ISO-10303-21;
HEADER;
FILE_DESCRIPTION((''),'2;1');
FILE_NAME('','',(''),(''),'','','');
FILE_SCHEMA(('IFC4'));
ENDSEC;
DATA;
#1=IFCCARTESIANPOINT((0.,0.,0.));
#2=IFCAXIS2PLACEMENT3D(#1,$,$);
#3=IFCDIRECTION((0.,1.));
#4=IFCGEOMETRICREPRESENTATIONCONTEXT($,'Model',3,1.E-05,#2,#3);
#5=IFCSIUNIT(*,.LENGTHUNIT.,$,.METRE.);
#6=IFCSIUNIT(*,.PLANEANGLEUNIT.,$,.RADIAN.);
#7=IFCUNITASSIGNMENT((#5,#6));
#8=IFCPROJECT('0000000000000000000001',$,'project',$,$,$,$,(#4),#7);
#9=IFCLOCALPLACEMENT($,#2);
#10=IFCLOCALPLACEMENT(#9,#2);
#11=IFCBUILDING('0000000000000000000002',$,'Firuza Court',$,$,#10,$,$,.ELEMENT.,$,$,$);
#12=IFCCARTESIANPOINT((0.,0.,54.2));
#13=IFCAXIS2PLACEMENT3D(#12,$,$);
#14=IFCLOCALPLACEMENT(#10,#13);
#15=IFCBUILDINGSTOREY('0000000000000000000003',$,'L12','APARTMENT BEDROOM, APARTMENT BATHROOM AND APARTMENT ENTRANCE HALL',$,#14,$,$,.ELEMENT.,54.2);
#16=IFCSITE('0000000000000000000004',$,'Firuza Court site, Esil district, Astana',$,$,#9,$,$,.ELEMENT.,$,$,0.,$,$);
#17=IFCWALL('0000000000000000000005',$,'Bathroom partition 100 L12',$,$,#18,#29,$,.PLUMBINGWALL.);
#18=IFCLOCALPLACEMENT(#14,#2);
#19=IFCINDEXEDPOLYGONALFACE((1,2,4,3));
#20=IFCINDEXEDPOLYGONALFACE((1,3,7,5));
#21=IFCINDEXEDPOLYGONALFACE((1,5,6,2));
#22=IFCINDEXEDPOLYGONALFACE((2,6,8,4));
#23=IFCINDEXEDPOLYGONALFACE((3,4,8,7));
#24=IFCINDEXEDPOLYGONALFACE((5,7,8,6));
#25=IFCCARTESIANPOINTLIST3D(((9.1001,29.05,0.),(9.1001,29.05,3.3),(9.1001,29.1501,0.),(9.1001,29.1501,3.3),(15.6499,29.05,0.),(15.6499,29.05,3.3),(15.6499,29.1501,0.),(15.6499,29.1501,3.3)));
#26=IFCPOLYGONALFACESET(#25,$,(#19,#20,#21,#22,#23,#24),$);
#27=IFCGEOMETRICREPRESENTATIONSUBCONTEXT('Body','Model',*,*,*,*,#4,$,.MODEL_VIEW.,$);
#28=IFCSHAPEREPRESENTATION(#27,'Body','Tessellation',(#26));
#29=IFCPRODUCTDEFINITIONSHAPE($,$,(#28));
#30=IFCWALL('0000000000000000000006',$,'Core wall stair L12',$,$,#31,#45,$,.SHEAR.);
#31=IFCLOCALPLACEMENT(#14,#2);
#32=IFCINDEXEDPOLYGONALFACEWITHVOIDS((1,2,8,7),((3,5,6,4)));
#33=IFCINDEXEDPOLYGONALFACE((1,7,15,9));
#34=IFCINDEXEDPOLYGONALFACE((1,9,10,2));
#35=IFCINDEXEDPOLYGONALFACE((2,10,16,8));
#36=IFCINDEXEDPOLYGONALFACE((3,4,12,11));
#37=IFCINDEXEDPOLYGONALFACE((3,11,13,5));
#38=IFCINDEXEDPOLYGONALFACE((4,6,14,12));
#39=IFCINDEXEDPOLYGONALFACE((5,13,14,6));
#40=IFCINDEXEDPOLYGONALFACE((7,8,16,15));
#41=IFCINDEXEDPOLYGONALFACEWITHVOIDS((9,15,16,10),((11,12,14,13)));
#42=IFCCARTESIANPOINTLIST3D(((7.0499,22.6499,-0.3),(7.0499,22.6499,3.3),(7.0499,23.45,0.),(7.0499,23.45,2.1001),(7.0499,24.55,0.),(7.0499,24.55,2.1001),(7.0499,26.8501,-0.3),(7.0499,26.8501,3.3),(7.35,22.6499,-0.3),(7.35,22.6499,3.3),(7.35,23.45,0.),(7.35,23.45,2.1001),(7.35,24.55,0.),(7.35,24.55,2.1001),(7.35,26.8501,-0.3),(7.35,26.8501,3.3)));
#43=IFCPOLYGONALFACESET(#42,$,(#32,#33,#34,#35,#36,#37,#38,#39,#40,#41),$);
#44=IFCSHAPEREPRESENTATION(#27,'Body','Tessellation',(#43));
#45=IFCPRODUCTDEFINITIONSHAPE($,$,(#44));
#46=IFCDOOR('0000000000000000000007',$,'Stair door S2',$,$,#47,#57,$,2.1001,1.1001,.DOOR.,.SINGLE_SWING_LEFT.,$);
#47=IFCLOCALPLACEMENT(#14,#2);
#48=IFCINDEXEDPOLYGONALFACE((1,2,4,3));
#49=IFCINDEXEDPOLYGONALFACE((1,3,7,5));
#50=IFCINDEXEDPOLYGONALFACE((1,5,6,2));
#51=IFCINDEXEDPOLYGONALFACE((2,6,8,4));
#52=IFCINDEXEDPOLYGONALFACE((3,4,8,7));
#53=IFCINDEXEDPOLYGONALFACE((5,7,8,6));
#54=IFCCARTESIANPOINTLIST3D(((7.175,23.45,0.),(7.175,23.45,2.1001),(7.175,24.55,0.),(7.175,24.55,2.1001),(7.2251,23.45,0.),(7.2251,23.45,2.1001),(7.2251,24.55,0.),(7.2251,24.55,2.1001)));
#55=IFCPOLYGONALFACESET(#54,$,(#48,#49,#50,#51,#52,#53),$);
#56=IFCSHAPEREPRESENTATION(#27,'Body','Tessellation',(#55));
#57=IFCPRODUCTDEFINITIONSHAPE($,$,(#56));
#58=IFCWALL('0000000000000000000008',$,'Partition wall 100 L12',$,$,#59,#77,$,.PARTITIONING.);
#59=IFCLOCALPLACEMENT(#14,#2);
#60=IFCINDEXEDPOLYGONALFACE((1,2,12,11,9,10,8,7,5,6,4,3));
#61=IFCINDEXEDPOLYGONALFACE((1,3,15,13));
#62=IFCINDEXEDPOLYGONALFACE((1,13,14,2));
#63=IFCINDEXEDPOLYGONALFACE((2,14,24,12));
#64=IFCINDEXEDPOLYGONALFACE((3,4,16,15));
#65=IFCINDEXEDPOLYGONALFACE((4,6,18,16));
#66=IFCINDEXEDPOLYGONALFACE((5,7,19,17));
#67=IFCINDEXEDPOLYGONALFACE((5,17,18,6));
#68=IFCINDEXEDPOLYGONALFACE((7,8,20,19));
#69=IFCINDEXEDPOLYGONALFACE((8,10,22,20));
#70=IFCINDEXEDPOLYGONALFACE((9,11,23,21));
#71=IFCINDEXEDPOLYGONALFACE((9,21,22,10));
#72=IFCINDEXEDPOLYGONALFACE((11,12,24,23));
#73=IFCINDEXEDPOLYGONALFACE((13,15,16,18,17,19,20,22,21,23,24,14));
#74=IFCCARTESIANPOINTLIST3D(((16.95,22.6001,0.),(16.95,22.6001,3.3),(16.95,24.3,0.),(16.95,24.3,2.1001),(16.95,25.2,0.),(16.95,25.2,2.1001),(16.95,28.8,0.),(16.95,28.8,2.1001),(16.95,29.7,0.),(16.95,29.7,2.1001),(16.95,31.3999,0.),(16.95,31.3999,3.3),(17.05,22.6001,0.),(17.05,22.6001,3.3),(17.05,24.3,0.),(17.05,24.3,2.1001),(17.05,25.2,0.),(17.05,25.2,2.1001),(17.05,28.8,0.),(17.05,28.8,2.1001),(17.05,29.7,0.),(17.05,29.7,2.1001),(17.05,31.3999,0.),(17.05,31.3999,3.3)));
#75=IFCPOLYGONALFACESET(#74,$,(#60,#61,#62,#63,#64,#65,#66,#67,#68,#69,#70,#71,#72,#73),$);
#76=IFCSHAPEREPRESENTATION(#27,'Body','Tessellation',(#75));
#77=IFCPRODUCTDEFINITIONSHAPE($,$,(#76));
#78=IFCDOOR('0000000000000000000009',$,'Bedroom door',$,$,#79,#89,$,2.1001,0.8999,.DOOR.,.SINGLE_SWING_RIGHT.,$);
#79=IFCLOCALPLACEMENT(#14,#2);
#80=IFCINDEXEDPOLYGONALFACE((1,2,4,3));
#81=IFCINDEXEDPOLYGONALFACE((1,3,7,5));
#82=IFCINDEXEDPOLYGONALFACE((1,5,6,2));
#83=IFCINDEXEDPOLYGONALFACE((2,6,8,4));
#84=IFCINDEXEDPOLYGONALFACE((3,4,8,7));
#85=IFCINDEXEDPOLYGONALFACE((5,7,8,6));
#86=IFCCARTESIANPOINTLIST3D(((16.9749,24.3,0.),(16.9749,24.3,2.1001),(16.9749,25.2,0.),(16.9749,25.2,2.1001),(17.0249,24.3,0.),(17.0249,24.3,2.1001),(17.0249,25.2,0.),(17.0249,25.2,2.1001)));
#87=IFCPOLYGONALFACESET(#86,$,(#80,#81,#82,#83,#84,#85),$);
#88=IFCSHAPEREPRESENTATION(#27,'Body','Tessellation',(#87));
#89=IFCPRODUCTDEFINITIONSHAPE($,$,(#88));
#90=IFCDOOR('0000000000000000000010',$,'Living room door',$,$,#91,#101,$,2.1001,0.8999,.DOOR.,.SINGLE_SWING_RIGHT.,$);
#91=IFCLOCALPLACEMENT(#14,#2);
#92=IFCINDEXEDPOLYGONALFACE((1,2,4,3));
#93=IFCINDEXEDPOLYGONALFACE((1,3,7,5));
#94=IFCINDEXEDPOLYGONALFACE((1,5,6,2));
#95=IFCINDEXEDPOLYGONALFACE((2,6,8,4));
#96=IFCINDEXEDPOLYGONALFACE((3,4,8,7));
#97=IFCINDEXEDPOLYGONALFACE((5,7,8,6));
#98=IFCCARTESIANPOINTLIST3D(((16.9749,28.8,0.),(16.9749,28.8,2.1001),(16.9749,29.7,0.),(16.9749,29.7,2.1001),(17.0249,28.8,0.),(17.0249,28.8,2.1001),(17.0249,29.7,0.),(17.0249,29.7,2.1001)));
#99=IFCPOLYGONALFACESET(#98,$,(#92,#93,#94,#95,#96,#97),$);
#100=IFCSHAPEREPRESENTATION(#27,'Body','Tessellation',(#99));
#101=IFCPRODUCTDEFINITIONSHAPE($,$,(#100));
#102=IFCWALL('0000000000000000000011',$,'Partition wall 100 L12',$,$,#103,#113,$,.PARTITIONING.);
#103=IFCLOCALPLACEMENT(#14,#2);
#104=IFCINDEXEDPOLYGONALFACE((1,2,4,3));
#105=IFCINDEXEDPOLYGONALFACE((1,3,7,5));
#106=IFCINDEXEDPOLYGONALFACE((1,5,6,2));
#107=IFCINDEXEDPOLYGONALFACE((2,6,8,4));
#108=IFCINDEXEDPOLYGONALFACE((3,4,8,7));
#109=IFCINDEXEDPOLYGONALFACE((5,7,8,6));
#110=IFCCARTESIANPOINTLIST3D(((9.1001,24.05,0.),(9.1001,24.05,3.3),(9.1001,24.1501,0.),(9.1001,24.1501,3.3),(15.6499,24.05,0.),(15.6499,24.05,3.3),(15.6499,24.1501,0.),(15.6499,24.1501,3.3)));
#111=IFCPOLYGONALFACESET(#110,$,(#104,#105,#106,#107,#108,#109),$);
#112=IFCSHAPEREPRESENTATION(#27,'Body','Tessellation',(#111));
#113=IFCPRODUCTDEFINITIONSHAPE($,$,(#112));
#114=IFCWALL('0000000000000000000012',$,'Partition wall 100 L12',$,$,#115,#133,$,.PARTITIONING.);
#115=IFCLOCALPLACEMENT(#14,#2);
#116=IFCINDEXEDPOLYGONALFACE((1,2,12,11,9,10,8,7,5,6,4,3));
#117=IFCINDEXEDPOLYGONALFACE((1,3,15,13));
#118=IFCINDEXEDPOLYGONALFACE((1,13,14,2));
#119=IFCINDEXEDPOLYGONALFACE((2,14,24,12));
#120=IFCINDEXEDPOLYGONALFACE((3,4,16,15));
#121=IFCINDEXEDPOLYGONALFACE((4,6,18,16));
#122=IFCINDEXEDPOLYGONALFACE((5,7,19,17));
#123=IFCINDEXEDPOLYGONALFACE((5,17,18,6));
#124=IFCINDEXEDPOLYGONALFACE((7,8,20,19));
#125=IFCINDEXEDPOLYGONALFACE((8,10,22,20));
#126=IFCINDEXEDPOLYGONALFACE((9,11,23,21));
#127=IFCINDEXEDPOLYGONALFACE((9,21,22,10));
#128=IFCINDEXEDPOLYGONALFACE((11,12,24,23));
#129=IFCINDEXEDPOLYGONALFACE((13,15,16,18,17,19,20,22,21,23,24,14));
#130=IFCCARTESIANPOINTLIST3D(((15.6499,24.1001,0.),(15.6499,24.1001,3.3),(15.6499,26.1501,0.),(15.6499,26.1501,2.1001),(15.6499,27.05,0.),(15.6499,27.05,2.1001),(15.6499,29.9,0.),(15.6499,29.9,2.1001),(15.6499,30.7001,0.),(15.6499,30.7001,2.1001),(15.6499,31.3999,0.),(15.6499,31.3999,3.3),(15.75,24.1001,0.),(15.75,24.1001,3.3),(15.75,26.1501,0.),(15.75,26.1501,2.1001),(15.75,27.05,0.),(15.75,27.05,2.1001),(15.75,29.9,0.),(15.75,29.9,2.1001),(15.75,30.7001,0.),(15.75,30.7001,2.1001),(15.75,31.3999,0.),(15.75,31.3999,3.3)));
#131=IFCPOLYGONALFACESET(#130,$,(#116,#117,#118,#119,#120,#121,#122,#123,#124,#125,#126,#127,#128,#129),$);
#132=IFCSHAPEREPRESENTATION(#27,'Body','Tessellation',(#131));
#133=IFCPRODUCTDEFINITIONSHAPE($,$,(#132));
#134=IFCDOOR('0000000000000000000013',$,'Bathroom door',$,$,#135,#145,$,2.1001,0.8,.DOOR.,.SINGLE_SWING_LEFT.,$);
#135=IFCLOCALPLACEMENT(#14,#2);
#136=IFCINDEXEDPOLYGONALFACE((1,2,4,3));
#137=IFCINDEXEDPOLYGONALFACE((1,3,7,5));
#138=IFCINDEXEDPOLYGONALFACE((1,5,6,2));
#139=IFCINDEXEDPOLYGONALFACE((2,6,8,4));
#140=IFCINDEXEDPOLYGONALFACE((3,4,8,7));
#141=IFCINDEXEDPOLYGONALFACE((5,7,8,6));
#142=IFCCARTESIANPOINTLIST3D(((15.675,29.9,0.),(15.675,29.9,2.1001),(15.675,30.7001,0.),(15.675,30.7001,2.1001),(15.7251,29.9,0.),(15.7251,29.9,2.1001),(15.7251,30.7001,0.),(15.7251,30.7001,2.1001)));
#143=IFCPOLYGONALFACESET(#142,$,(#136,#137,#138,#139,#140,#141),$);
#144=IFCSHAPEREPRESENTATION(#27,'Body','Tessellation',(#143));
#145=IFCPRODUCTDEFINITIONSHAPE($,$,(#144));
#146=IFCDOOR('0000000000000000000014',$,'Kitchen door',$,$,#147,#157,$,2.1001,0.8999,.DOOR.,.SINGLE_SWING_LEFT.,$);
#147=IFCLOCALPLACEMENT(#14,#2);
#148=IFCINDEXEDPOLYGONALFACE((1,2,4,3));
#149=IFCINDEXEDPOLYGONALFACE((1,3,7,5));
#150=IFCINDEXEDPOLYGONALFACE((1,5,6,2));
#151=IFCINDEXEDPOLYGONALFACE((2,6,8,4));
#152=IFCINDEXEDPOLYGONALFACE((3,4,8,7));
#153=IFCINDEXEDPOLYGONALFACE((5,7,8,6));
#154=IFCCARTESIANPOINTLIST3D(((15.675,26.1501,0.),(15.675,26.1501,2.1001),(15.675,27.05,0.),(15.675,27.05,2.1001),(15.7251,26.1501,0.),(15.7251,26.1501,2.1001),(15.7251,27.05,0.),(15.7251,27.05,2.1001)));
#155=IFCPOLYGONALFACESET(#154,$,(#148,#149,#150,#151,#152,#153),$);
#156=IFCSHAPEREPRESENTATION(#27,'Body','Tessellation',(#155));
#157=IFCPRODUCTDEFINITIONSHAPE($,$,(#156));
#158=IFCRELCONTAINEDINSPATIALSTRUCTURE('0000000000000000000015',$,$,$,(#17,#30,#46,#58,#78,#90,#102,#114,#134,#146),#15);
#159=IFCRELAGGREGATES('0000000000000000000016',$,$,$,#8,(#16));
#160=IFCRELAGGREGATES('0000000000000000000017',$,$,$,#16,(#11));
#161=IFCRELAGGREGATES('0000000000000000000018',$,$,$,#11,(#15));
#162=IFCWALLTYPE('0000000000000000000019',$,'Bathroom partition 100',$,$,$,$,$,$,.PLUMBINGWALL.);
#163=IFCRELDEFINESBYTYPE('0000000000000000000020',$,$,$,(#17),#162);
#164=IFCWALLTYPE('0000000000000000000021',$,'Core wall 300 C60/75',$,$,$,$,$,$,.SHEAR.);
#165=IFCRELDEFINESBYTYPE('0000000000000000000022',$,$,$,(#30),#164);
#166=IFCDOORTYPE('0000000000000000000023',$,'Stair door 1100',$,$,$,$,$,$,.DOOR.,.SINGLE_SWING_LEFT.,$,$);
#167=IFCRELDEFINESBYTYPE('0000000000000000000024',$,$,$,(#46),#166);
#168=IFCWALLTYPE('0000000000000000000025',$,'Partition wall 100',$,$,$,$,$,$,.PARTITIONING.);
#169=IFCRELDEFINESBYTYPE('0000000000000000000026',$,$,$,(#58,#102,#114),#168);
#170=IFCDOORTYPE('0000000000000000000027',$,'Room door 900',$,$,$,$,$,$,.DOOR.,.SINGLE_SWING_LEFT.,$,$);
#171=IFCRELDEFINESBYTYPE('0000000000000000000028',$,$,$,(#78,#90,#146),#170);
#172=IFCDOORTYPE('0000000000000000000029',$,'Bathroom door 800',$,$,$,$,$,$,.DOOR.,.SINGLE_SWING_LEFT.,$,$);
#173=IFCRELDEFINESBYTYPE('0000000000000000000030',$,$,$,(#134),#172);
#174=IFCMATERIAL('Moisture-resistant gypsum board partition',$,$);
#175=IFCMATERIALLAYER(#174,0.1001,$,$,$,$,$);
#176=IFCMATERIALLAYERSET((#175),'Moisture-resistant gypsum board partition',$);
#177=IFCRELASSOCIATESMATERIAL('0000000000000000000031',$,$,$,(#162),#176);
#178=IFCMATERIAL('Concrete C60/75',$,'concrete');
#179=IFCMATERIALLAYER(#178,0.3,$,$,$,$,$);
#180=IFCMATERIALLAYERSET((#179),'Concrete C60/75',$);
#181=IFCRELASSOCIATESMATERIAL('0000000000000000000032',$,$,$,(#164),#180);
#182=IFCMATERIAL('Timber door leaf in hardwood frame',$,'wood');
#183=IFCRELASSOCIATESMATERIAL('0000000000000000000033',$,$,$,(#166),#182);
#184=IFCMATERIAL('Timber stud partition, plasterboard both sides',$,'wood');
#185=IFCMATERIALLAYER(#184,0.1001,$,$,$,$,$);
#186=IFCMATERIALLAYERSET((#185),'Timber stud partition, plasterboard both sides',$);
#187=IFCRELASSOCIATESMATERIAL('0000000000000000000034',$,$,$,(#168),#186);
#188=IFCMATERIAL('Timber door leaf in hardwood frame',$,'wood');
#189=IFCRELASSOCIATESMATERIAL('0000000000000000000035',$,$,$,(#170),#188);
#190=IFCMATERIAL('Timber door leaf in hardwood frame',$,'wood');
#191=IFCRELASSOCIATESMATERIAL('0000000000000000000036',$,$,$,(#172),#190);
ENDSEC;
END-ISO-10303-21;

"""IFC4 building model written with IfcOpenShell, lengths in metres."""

from ifc_helpers import new_model, si_unit, direction, frame, frame_2d, origin, place, context, subcontext, project, spatial, rectangle, extrude, material, layer, layer_set, type_object, element, fill, save


model = new_model("IFC4")

# Units and contexts
model_context = context("Model", 3, precision=1e-05, world=origin(), true_north=direction((0.0, 1.0)))
body_context = subcontext(model_context, "Body", "Model", "MODEL_VIEW")
ifc_project = project(units=[si_unit("LENGTHUNIT", "METRE"), si_unit("PLANEANGLEUNIT", "RADIAN")], contexts=[model_context])

# Site, building, storey
site_placement = place(None, origin())
site = spatial("IfcSite", under=ifc_project, at=site_placement, Name="Firuza Court site, Esil district, Astana", CompositionType="ELEMENT", RefElevation=0.0)
building_placement = place(site_placement, origin())
building = spatial("IfcBuilding", under=site, at=building_placement, Name="Firuza Court", CompositionType="ELEMENT")
storey_placement = place(building_placement, frame((0.0, 0.0, 54.2)))
storey = spatial("IfcBuildingStorey", under=building, at=storey_placement, Name="L12", Description="APARTMENT BEDROOM, APARTMENT BATHROOM AND APARTMENT ENTRANCE HALL", CompositionType="ELEMENT", Elevation=54.2)

# Wall
ifc_material_1 = material(Name="Moisture-resistant gypsum board partition")
ifc_layer_1 = layer(ifc_material_1, 0.1001)
ifc_layer_set_1 = layer_set([ifc_layer_1], Name="Moisture-resistant gypsum board partition")
wall_type_1 = type_object("IfcWallType", Name="Bathroom partition 100", PredefinedType="PLUMBINGWALL", material=ifc_layer_set_1)
wall_1_placement = place(storey_placement, frame((9.1001, 29.1001, 0.0), z_axis=(0.0, 0.0, 1.0), x_axis=(1.0, 0.0, 0.0)))
element("IfcWall", 1, at=wall_1_placement, inside=storey, type_object=wall_type_1, Name="Bathroom partition 100 L12", PredefinedType="PLUMBINGWALL", context=body_context, shape_type="SweptSolid", body=[
    extrude(rectangle(XDim=6.5498, YDim=0.1001, at=frame_2d((3.2749, 0.0))), origin(), (0.0, 0.0, 1.0), 3.3),
])

# Wall, opening, door
ifc_material_2 = material(Name="Concrete C60/75", Category="concrete")
ifc_layer_2 = layer(ifc_material_2, 0.3)
ifc_layer_set_2 = layer_set([ifc_layer_2], Name="Concrete C60/75")
wall_type_2 = type_object("IfcWallType", Name="Core wall 300 C60/75", PredefinedType="SHEAR", material=ifc_layer_set_2)
wall_2_placement = place(storey_placement, frame((7.2, 22.6499, -0.3), z_axis=(0.0, 0.0, 1.0), x_axis=(0.0, 1.0, 0.0)))
wall_2 = element("IfcWall", 2, at=wall_2_placement, inside=storey, type_object=wall_type_2, Name="Core wall stair L12", PredefinedType="SHEAR", context=body_context, shape_type="SweptSolid", body=[
    extrude(rectangle(XDim=4.2002, YDim=0.3, at=frame_2d((2.1001, 0.0))), origin(), (0.0, 0.0, 1.0), 3.6001),
])
opening_1_placement = place(wall_2_placement, frame((0.8, 0.0, 0.3)))
opening_1 = element("IfcOpeningElement", 3, at=opening_1_placement, cuts=wall_2, PredefinedType="OPENING", context=body_context, shape_type="SweptSolid", body=[
    extrude(rectangle(XDim=1.1001, YDim=2.1001, at=frame_2d((0.55, 1.05))), frame((0.0, 0.1621, 0.0), z_axis=(0.0, -1.0, 0.0), x_axis=(1.0, 0.0, 0.0)), (0.0, 0.0, 1.0), 0.324),
])
ifc_material_3 = material(Name="Timber door leaf in hardwood frame", Category="wood")
door_type_1 = type_object("IfcDoorType", Name="Stair door 1100", OperationType="SINGLE_SWING_LEFT", PredefinedType="DOOR", material=ifc_material_3)
door_1_placement = place(opening_1_placement, origin())
door_1 = element("IfcDoor", 4, at=door_1_placement, inside=storey, type_object=door_type_1, Name="Stair door S2", OperationType="SINGLE_SWING_LEFT", OverallHeight=2.1001, OverallWidth=1.1001, PredefinedType="DOOR", context=body_context, shape_type="SweptSolid", body=[
    extrude(rectangle(XDim=1.1001, YDim=2.1001, at=frame_2d((0.55, 1.05))), frame((0.0, 0.0249, 0.0), z_axis=(0.0, -1.0, 0.0), x_axis=(1.0, 0.0, 0.0)), (0.0, 0.0, 1.0), 0.05),
])
fill(opening_1, door_1)

# Wall, openings, doors
ifc_material_4 = material(Name="Timber stud partition, plasterboard both sides", Category="wood")
ifc_layer_3 = layer(ifc_material_4, 0.1001)
ifc_layer_set_3 = layer_set([ifc_layer_3], Name="Timber stud partition, plasterboard both sides")
wall_type_3 = type_object("IfcWallType", Name="Partition wall 100", PredefinedType="PARTITIONING", material=ifc_layer_set_3)
wall_3_placement = place(storey_placement, frame((17.0, 22.6001, 0.0), z_axis=(0.0, 0.0, 1.0), x_axis=(0.0, 1.0, 0.0)))
wall_3 = element("IfcWall", 5, at=wall_3_placement, inside=storey, type_object=wall_type_3, Name="Partition wall 100 L12", PredefinedType="PARTITIONING", context=body_context, shape_type="SweptSolid", body=[
    extrude(rectangle(XDim=8.7998, YDim=0.1001, at=frame_2d((4.3999, 0.0))), origin(), (0.0, 0.0, 1.0), 3.3),
])
opening_2_placement = place(wall_3_placement, frame((1.7, 0.0, 0.0)))
opening_2 = element("IfcOpeningElement", 6, at=opening_2_placement, cuts=wall_3, PredefinedType="OPENING", context=body_context, shape_type="SweptSolid", body=[
    extrude(rectangle(XDim=0.8999, YDim=2.1001, at=frame_2d((0.45, 1.05))), frame((0.0, 0.062, 0.0), z_axis=(0.0, -1.0, 0.0), x_axis=(1.0, 0.0, 0.0)), (0.0, 0.0, 1.0), 0.124),
])
opening_3_placement = place(wall_3_placement, frame((6.2, 0.0, 0.0)))
opening_3 = element("IfcOpeningElement", 7, at=opening_3_placement, cuts=wall_3, PredefinedType="OPENING", context=body_context, shape_type="SweptSolid", body=[
    extrude(rectangle(XDim=0.8999, YDim=2.1001, at=frame_2d((0.45, 1.05))), frame((0.0, 0.062, 0.0), z_axis=(0.0, -1.0, 0.0), x_axis=(1.0, 0.0, 0.0)), (0.0, 0.0, 1.0), 0.124),
])
ifc_material_5 = material(Name="Timber door leaf in hardwood frame", Category="wood")
door_type_2 = type_object("IfcDoorType", Name="Room door 900", OperationType="SINGLE_SWING_LEFT", PredefinedType="DOOR", material=ifc_material_5)
door_2_placement = place(opening_2_placement, frame((0.8999, 0.0, 0.0), z_axis=(0.0, 0.0, 1.0), x_axis=(-1.0, 0.0, 0.0)))
door_2 = element("IfcDoor", 8, at=door_2_placement, inside=storey, type_object=door_type_2, Name="Bedroom door", OperationType="SINGLE_SWING_RIGHT", OverallHeight=2.1001, OverallWidth=0.8999, PredefinedType="DOOR", context=body_context, shape_type="SweptSolid", body=[
    extrude(rectangle(XDim=0.8999, YDim=2.1001, at=frame_2d((0.45, 1.05))), frame((0.0, 0.0249, 0.0), z_axis=(0.0, -1.0, 0.0), x_axis=(1.0, 0.0, 0.0)), (0.0, 0.0, 1.0), 0.05),
])
fill(opening_2, door_2)
door_3_placement = place(opening_3_placement, frame((0.8999, 0.0, 0.0), z_axis=(0.0, 0.0, 1.0), x_axis=(-1.0, 0.0, 0.0)))
door_3 = element("IfcDoor", 9, at=door_3_placement, inside=storey, type_object=door_type_2, Name="Living room door", OperationType="SINGLE_SWING_RIGHT", OverallHeight=2.1001, OverallWidth=0.8999, PredefinedType="DOOR", context=body_context, shape_type="SweptSolid", body=[
    extrude(rectangle(XDim=0.8999, YDim=2.1001, at=frame_2d((0.45, 1.05))), frame((0.0, 0.0249, 0.0), z_axis=(0.0, -1.0, 0.0), x_axis=(1.0, 0.0, 0.0)), (0.0, 0.0, 1.0), 0.05),
])
fill(opening_3, door_3)

# Wall
wall_4_placement = place(storey_placement, frame((9.1001, 24.1001, 0.0), z_axis=(0.0, 0.0, 1.0), x_axis=(1.0, 0.0, 0.0)))
element("IfcWall", 10, at=wall_4_placement, inside=storey, type_object=wall_type_3, Name="Partition wall 100 L12", PredefinedType="PARTITIONING", context=body_context, shape_type="SweptSolid", body=[
    extrude(rectangle(XDim=6.5498, YDim=0.1001, at=frame_2d((3.2749, 0.0))), origin(), (0.0, 0.0, 1.0), 3.3),
])

# Wall, openings, doors
wall_5_placement = place(storey_placement, frame((15.7, 24.1001, 0.0), z_axis=(0.0, 0.0, 1.0), x_axis=(0.0, 1.0, 0.0)))
wall_5 = element("IfcWall", 11, at=wall_5_placement, inside=storey, type_object=wall_type_3, Name="Partition wall 100 L12", PredefinedType="PARTITIONING", context=body_context, shape_type="SweptSolid", body=[
    extrude(rectangle(XDim=7.2998, YDim=0.1001, at=frame_2d((3.6499, 0.0))), origin(), (0.0, 0.0, 1.0), 3.3),
])
opening_4_placement = place(wall_5_placement, frame((5.8, 0.0, 0.0)))
opening_4 = element("IfcOpeningElement", 12, at=opening_4_placement, cuts=wall_5, PredefinedType="OPENING", context=body_context, shape_type="SweptSolid", body=[
    extrude(rectangle(XDim=0.8, YDim=2.1001, at=frame_2d((0.3999, 1.05))), frame((0.0, 0.062, 0.0), z_axis=(0.0, -1.0, 0.0), x_axis=(1.0, 0.0, 0.0)), (0.0, 0.0, 1.0), 0.124),
])
opening_5_placement = place(wall_5_placement, frame((2.05, 0.0, 0.0)))
opening_5 = element("IfcOpeningElement", 13, at=opening_5_placement, cuts=wall_5, PredefinedType="OPENING", context=body_context, shape_type="SweptSolid", body=[
    extrude(rectangle(XDim=0.8999, YDim=2.1001, at=frame_2d((0.45, 1.05))), frame((0.0, 0.062, 0.0), z_axis=(0.0, -1.0, 0.0), x_axis=(1.0, 0.0, 0.0)), (0.0, 0.0, 1.0), 0.124),
])
ifc_material_6 = material(Name="Timber door leaf in hardwood frame", Category="wood")
door_type_3 = type_object("IfcDoorType", Name="Bathroom door 800", OperationType="SINGLE_SWING_LEFT", PredefinedType="DOOR", material=ifc_material_6)
door_4_placement = place(opening_4_placement, origin())
door_4 = element("IfcDoor", 14, at=door_4_placement, inside=storey, type_object=door_type_3, Name="Bathroom door", OperationType="SINGLE_SWING_LEFT", OverallHeight=2.1001, OverallWidth=0.8, PredefinedType="DOOR", context=body_context, shape_type="SweptSolid", body=[
    extrude(rectangle(XDim=0.8, YDim=2.1001, at=frame_2d((0.3999, 1.05))), frame((0.0, 0.0249, 0.0), z_axis=(0.0, -1.0, 0.0), x_axis=(1.0, 0.0, 0.0)), (0.0, 0.0, 1.0), 0.05),
])
fill(opening_4, door_4)
door_5_placement = place(opening_5_placement, origin())
door_5 = element("IfcDoor", 15, at=door_5_placement, inside=storey, type_object=door_type_2, Name="Kitchen door", OperationType="SINGLE_SWING_LEFT", OverallHeight=2.1001, OverallWidth=0.8999, PredefinedType="DOOR", context=body_context, shape_type="SweptSolid", body=[
    extrude(rectangle(XDim=0.8999, YDim=2.1001, at=frame_2d((0.45, 1.05))), frame((0.0, 0.0249, 0.0), z_axis=(0.0, -1.0, 0.0), x_axis=(1.0, 0.0, 0.0)), (0.0, 0.0, 1.0), 0.05),
])
fill(opening_5, door_5)

save(model, "model.ifc")
